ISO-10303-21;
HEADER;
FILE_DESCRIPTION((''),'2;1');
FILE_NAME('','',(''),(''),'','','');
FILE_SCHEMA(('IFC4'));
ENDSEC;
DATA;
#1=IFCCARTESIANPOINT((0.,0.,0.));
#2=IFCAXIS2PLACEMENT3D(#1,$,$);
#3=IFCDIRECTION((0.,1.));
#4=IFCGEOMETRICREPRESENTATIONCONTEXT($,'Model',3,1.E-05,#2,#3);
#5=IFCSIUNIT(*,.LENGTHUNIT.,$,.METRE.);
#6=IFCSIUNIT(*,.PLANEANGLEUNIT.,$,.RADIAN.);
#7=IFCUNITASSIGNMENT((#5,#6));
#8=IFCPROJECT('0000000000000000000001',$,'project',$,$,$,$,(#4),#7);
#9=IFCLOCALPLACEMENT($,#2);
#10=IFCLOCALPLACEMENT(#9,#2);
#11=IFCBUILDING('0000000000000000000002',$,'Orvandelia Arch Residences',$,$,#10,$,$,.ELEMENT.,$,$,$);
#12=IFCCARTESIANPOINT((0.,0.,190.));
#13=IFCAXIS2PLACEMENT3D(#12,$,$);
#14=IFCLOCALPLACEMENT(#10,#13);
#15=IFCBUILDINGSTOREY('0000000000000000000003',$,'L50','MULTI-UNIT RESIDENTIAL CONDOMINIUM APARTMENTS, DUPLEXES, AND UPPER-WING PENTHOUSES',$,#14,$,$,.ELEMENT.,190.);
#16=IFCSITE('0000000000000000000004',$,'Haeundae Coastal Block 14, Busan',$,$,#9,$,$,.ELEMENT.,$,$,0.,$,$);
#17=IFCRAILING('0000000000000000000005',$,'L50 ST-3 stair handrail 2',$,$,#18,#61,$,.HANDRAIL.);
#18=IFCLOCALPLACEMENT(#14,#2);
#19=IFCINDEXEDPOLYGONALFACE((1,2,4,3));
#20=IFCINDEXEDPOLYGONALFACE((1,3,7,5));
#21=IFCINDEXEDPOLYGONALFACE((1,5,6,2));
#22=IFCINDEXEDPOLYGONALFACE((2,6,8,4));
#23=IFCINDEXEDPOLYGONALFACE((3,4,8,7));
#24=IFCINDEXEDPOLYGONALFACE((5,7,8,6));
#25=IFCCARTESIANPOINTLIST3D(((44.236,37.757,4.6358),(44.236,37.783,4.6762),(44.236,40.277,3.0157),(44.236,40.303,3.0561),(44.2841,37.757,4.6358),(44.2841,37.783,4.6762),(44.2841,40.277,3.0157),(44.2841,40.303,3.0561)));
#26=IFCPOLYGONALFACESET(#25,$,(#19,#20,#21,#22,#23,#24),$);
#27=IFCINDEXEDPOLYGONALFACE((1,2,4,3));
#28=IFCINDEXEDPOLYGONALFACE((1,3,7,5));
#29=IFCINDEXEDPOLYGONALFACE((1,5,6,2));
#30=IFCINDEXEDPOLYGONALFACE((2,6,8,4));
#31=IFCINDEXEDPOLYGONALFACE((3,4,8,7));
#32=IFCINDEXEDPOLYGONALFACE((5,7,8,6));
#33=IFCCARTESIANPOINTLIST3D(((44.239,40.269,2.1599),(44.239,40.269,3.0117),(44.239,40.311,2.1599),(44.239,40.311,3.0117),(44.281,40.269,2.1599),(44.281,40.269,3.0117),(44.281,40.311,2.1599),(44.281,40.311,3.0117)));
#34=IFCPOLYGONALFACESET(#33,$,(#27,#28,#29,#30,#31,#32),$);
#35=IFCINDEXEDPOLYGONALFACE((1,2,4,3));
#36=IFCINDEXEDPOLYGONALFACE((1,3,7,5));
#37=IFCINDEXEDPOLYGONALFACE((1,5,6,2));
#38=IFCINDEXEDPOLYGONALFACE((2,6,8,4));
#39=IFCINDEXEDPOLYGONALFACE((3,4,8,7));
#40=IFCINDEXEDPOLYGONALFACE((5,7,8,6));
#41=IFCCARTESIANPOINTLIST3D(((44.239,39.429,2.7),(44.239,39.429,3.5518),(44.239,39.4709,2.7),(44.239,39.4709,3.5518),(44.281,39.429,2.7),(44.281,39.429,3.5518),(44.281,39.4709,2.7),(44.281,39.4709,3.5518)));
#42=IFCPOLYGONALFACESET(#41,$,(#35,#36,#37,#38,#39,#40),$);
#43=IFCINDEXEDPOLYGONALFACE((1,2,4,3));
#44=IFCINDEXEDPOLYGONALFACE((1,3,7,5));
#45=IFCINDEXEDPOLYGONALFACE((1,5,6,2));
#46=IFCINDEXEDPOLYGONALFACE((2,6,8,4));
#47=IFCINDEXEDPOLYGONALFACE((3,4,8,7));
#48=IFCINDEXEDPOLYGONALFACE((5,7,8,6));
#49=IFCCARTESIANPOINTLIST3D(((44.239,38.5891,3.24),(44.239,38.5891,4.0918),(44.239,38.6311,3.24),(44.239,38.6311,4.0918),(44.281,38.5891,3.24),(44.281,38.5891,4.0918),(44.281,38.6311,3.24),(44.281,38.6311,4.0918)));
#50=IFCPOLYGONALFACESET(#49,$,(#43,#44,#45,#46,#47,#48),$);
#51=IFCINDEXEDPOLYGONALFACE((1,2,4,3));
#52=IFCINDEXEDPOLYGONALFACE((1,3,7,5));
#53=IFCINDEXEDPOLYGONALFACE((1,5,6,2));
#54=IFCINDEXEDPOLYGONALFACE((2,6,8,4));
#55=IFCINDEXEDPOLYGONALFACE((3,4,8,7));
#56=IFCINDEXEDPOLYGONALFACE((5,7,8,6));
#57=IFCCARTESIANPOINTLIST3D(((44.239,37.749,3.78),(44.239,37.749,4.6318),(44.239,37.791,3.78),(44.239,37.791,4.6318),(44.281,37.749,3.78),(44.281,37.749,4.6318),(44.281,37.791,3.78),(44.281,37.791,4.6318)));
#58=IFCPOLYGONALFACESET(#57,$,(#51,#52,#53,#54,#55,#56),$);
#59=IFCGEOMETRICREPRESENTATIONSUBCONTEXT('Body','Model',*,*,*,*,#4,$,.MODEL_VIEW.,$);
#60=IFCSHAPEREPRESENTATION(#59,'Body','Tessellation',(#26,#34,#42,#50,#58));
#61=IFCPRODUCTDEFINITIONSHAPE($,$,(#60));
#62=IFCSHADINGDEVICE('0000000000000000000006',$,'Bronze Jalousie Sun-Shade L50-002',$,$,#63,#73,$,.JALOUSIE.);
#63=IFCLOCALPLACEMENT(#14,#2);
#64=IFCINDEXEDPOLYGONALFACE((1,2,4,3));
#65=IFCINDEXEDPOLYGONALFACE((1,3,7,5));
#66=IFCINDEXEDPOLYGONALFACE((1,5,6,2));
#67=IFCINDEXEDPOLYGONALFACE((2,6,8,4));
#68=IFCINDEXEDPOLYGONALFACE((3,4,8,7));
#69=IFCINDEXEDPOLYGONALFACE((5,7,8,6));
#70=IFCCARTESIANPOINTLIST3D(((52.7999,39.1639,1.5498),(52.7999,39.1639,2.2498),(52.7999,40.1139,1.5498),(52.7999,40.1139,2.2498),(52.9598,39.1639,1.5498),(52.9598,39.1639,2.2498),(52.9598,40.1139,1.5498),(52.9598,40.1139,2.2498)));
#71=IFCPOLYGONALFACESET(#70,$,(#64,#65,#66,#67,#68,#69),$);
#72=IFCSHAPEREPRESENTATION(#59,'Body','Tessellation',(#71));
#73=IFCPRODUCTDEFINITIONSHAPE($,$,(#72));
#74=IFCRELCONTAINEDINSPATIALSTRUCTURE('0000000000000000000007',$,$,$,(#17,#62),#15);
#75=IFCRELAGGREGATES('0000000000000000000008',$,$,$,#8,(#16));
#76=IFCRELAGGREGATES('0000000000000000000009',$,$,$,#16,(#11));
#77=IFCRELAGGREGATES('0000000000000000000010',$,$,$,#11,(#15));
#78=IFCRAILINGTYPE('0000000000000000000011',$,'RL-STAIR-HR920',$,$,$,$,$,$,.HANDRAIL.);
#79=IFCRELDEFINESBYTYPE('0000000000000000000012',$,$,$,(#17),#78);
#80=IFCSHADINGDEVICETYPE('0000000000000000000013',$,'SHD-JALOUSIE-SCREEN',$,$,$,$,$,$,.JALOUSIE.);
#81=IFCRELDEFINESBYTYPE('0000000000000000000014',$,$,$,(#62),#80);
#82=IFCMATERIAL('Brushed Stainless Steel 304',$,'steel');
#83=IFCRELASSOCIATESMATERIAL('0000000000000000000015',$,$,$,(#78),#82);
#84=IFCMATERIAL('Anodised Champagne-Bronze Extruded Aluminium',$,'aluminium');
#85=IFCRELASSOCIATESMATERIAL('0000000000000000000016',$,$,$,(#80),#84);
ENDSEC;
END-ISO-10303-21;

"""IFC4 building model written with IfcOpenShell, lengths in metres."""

from ifc_helpers import new_model, si_unit, direction, frame, origin, origin_2d, place, context, subcontext, project, spatial, rectangle, extrude, material, type_object, element, save


model = new_model("IFC4")

# Units and contexts
model_context = context("Model", 3, precision=1e-05, world=origin(), true_north=direction((0.0, 1.0)))
body_context = subcontext(model_context, "Body", "Model", "MODEL_VIEW")
ifc_project = project(units=[si_unit("LENGTHUNIT", "METRE"), si_unit("PLANEANGLEUNIT", "RADIAN")], contexts=[model_context])

# Site, building, storey
site_placement = place(None, origin())
site = spatial("IfcSite", under=ifc_project, at=site_placement, Name="Haeundae Coastal Block 14, Busan", CompositionType="ELEMENT", RefElevation=0.0)
building_placement = place(site_placement, origin())
building = spatial("IfcBuilding", under=site, at=building_placement, Name="Orvandelia Arch Residences", CompositionType="ELEMENT")
storey_placement = place(building_placement, frame((0.0, 0.0, 190.0)))
storey = spatial("IfcBuildingStorey", under=building, at=storey_placement, Name="L50", Description="MULTI-UNIT RESIDENTIAL CONDOMINIUM APARTMENTS, DUPLEXES, AND UPPER-WING PENTHOUSES", CompositionType="ELEMENT", Elevation=190.0)

# Railing
ifc_material_1 = material(Name="Brushed Stainless Steel 304", Category="steel")
railing_type_1 = type_object("IfcRailingType", Name="RL-STAIR-HR920", PredefinedType="HANDRAIL", material=ifc_material_1)
railing_1_placement = place(storey_placement, frame((44.26, 40.29, 2.1599)))
element("IfcRailing", 1, at=railing_1_placement, inside=storey, type_object=railing_type_1, Name="L50 ST-3 stair handrail 2", PredefinedType="HANDRAIL", context=body_context, shape_type="SweptSolid", body=[
    extrude(rectangle(XDim=0.0481, YDim=0.0481, at=origin_2d()), frame((0.0, 0.0, 0.876), z_axis=(0.0, -0.841163, 0.540782), x_axis=(1.0, 0.0, 0.0)), (0.0, 0.0, 1.0), 2.9958),
    extrude(rectangle(XDim=0.042, YDim=0.042, at=origin_2d()), origin(), (0.0, 0.0, 1.0), 0.8518),
    extrude(rectangle(XDim=0.042, YDim=0.042, at=origin_2d()), frame((0.0, -0.8401, 0.54)), (0.0, 0.0, 1.0), 0.8518),
    extrude(rectangle(XDim=0.042, YDim=0.042, at=origin_2d()), frame((0.0, -1.6799, 1.0801)), (0.0, 0.0, 1.0), 0.8518),
    extrude(rectangle(XDim=0.042, YDim=0.042, at=origin_2d()), frame((0.0, -2.52, 1.6201)), (0.0, 0.0, 1.0), 0.8518),
])

# Shading device
ifc_material_2 = material(Name="Anodised Champagne-Bronze Extruded Aluminium", Category="aluminium")
shading_device_type = type_object("IfcShadingDeviceType", Name="SHD-JALOUSIE-SCREEN", PredefinedType="JALOUSIE", material=ifc_material_2)
shading_device_placement = place(storey_placement, frame((52.8799, 39.6389, 1.5498), z_axis=(0.0, 0.0, 1.0), x_axis=(0.0, -1.0, 0.0)))
element("IfcShadingDevice", 2, at=shading_device_placement, inside=storey, type_object=shading_device_type, Name="Bronze Jalousie Sun-Shade L50-002", PredefinedType="JALOUSIE", context=body_context, shape_type="SweptSolid", body=[
    extrude(rectangle(XDim=0.95, YDim=0.1599, at=origin_2d()), origin(), (0.0, 0.0, 1.0), 0.7),
])

save(model, "model.ifc")
